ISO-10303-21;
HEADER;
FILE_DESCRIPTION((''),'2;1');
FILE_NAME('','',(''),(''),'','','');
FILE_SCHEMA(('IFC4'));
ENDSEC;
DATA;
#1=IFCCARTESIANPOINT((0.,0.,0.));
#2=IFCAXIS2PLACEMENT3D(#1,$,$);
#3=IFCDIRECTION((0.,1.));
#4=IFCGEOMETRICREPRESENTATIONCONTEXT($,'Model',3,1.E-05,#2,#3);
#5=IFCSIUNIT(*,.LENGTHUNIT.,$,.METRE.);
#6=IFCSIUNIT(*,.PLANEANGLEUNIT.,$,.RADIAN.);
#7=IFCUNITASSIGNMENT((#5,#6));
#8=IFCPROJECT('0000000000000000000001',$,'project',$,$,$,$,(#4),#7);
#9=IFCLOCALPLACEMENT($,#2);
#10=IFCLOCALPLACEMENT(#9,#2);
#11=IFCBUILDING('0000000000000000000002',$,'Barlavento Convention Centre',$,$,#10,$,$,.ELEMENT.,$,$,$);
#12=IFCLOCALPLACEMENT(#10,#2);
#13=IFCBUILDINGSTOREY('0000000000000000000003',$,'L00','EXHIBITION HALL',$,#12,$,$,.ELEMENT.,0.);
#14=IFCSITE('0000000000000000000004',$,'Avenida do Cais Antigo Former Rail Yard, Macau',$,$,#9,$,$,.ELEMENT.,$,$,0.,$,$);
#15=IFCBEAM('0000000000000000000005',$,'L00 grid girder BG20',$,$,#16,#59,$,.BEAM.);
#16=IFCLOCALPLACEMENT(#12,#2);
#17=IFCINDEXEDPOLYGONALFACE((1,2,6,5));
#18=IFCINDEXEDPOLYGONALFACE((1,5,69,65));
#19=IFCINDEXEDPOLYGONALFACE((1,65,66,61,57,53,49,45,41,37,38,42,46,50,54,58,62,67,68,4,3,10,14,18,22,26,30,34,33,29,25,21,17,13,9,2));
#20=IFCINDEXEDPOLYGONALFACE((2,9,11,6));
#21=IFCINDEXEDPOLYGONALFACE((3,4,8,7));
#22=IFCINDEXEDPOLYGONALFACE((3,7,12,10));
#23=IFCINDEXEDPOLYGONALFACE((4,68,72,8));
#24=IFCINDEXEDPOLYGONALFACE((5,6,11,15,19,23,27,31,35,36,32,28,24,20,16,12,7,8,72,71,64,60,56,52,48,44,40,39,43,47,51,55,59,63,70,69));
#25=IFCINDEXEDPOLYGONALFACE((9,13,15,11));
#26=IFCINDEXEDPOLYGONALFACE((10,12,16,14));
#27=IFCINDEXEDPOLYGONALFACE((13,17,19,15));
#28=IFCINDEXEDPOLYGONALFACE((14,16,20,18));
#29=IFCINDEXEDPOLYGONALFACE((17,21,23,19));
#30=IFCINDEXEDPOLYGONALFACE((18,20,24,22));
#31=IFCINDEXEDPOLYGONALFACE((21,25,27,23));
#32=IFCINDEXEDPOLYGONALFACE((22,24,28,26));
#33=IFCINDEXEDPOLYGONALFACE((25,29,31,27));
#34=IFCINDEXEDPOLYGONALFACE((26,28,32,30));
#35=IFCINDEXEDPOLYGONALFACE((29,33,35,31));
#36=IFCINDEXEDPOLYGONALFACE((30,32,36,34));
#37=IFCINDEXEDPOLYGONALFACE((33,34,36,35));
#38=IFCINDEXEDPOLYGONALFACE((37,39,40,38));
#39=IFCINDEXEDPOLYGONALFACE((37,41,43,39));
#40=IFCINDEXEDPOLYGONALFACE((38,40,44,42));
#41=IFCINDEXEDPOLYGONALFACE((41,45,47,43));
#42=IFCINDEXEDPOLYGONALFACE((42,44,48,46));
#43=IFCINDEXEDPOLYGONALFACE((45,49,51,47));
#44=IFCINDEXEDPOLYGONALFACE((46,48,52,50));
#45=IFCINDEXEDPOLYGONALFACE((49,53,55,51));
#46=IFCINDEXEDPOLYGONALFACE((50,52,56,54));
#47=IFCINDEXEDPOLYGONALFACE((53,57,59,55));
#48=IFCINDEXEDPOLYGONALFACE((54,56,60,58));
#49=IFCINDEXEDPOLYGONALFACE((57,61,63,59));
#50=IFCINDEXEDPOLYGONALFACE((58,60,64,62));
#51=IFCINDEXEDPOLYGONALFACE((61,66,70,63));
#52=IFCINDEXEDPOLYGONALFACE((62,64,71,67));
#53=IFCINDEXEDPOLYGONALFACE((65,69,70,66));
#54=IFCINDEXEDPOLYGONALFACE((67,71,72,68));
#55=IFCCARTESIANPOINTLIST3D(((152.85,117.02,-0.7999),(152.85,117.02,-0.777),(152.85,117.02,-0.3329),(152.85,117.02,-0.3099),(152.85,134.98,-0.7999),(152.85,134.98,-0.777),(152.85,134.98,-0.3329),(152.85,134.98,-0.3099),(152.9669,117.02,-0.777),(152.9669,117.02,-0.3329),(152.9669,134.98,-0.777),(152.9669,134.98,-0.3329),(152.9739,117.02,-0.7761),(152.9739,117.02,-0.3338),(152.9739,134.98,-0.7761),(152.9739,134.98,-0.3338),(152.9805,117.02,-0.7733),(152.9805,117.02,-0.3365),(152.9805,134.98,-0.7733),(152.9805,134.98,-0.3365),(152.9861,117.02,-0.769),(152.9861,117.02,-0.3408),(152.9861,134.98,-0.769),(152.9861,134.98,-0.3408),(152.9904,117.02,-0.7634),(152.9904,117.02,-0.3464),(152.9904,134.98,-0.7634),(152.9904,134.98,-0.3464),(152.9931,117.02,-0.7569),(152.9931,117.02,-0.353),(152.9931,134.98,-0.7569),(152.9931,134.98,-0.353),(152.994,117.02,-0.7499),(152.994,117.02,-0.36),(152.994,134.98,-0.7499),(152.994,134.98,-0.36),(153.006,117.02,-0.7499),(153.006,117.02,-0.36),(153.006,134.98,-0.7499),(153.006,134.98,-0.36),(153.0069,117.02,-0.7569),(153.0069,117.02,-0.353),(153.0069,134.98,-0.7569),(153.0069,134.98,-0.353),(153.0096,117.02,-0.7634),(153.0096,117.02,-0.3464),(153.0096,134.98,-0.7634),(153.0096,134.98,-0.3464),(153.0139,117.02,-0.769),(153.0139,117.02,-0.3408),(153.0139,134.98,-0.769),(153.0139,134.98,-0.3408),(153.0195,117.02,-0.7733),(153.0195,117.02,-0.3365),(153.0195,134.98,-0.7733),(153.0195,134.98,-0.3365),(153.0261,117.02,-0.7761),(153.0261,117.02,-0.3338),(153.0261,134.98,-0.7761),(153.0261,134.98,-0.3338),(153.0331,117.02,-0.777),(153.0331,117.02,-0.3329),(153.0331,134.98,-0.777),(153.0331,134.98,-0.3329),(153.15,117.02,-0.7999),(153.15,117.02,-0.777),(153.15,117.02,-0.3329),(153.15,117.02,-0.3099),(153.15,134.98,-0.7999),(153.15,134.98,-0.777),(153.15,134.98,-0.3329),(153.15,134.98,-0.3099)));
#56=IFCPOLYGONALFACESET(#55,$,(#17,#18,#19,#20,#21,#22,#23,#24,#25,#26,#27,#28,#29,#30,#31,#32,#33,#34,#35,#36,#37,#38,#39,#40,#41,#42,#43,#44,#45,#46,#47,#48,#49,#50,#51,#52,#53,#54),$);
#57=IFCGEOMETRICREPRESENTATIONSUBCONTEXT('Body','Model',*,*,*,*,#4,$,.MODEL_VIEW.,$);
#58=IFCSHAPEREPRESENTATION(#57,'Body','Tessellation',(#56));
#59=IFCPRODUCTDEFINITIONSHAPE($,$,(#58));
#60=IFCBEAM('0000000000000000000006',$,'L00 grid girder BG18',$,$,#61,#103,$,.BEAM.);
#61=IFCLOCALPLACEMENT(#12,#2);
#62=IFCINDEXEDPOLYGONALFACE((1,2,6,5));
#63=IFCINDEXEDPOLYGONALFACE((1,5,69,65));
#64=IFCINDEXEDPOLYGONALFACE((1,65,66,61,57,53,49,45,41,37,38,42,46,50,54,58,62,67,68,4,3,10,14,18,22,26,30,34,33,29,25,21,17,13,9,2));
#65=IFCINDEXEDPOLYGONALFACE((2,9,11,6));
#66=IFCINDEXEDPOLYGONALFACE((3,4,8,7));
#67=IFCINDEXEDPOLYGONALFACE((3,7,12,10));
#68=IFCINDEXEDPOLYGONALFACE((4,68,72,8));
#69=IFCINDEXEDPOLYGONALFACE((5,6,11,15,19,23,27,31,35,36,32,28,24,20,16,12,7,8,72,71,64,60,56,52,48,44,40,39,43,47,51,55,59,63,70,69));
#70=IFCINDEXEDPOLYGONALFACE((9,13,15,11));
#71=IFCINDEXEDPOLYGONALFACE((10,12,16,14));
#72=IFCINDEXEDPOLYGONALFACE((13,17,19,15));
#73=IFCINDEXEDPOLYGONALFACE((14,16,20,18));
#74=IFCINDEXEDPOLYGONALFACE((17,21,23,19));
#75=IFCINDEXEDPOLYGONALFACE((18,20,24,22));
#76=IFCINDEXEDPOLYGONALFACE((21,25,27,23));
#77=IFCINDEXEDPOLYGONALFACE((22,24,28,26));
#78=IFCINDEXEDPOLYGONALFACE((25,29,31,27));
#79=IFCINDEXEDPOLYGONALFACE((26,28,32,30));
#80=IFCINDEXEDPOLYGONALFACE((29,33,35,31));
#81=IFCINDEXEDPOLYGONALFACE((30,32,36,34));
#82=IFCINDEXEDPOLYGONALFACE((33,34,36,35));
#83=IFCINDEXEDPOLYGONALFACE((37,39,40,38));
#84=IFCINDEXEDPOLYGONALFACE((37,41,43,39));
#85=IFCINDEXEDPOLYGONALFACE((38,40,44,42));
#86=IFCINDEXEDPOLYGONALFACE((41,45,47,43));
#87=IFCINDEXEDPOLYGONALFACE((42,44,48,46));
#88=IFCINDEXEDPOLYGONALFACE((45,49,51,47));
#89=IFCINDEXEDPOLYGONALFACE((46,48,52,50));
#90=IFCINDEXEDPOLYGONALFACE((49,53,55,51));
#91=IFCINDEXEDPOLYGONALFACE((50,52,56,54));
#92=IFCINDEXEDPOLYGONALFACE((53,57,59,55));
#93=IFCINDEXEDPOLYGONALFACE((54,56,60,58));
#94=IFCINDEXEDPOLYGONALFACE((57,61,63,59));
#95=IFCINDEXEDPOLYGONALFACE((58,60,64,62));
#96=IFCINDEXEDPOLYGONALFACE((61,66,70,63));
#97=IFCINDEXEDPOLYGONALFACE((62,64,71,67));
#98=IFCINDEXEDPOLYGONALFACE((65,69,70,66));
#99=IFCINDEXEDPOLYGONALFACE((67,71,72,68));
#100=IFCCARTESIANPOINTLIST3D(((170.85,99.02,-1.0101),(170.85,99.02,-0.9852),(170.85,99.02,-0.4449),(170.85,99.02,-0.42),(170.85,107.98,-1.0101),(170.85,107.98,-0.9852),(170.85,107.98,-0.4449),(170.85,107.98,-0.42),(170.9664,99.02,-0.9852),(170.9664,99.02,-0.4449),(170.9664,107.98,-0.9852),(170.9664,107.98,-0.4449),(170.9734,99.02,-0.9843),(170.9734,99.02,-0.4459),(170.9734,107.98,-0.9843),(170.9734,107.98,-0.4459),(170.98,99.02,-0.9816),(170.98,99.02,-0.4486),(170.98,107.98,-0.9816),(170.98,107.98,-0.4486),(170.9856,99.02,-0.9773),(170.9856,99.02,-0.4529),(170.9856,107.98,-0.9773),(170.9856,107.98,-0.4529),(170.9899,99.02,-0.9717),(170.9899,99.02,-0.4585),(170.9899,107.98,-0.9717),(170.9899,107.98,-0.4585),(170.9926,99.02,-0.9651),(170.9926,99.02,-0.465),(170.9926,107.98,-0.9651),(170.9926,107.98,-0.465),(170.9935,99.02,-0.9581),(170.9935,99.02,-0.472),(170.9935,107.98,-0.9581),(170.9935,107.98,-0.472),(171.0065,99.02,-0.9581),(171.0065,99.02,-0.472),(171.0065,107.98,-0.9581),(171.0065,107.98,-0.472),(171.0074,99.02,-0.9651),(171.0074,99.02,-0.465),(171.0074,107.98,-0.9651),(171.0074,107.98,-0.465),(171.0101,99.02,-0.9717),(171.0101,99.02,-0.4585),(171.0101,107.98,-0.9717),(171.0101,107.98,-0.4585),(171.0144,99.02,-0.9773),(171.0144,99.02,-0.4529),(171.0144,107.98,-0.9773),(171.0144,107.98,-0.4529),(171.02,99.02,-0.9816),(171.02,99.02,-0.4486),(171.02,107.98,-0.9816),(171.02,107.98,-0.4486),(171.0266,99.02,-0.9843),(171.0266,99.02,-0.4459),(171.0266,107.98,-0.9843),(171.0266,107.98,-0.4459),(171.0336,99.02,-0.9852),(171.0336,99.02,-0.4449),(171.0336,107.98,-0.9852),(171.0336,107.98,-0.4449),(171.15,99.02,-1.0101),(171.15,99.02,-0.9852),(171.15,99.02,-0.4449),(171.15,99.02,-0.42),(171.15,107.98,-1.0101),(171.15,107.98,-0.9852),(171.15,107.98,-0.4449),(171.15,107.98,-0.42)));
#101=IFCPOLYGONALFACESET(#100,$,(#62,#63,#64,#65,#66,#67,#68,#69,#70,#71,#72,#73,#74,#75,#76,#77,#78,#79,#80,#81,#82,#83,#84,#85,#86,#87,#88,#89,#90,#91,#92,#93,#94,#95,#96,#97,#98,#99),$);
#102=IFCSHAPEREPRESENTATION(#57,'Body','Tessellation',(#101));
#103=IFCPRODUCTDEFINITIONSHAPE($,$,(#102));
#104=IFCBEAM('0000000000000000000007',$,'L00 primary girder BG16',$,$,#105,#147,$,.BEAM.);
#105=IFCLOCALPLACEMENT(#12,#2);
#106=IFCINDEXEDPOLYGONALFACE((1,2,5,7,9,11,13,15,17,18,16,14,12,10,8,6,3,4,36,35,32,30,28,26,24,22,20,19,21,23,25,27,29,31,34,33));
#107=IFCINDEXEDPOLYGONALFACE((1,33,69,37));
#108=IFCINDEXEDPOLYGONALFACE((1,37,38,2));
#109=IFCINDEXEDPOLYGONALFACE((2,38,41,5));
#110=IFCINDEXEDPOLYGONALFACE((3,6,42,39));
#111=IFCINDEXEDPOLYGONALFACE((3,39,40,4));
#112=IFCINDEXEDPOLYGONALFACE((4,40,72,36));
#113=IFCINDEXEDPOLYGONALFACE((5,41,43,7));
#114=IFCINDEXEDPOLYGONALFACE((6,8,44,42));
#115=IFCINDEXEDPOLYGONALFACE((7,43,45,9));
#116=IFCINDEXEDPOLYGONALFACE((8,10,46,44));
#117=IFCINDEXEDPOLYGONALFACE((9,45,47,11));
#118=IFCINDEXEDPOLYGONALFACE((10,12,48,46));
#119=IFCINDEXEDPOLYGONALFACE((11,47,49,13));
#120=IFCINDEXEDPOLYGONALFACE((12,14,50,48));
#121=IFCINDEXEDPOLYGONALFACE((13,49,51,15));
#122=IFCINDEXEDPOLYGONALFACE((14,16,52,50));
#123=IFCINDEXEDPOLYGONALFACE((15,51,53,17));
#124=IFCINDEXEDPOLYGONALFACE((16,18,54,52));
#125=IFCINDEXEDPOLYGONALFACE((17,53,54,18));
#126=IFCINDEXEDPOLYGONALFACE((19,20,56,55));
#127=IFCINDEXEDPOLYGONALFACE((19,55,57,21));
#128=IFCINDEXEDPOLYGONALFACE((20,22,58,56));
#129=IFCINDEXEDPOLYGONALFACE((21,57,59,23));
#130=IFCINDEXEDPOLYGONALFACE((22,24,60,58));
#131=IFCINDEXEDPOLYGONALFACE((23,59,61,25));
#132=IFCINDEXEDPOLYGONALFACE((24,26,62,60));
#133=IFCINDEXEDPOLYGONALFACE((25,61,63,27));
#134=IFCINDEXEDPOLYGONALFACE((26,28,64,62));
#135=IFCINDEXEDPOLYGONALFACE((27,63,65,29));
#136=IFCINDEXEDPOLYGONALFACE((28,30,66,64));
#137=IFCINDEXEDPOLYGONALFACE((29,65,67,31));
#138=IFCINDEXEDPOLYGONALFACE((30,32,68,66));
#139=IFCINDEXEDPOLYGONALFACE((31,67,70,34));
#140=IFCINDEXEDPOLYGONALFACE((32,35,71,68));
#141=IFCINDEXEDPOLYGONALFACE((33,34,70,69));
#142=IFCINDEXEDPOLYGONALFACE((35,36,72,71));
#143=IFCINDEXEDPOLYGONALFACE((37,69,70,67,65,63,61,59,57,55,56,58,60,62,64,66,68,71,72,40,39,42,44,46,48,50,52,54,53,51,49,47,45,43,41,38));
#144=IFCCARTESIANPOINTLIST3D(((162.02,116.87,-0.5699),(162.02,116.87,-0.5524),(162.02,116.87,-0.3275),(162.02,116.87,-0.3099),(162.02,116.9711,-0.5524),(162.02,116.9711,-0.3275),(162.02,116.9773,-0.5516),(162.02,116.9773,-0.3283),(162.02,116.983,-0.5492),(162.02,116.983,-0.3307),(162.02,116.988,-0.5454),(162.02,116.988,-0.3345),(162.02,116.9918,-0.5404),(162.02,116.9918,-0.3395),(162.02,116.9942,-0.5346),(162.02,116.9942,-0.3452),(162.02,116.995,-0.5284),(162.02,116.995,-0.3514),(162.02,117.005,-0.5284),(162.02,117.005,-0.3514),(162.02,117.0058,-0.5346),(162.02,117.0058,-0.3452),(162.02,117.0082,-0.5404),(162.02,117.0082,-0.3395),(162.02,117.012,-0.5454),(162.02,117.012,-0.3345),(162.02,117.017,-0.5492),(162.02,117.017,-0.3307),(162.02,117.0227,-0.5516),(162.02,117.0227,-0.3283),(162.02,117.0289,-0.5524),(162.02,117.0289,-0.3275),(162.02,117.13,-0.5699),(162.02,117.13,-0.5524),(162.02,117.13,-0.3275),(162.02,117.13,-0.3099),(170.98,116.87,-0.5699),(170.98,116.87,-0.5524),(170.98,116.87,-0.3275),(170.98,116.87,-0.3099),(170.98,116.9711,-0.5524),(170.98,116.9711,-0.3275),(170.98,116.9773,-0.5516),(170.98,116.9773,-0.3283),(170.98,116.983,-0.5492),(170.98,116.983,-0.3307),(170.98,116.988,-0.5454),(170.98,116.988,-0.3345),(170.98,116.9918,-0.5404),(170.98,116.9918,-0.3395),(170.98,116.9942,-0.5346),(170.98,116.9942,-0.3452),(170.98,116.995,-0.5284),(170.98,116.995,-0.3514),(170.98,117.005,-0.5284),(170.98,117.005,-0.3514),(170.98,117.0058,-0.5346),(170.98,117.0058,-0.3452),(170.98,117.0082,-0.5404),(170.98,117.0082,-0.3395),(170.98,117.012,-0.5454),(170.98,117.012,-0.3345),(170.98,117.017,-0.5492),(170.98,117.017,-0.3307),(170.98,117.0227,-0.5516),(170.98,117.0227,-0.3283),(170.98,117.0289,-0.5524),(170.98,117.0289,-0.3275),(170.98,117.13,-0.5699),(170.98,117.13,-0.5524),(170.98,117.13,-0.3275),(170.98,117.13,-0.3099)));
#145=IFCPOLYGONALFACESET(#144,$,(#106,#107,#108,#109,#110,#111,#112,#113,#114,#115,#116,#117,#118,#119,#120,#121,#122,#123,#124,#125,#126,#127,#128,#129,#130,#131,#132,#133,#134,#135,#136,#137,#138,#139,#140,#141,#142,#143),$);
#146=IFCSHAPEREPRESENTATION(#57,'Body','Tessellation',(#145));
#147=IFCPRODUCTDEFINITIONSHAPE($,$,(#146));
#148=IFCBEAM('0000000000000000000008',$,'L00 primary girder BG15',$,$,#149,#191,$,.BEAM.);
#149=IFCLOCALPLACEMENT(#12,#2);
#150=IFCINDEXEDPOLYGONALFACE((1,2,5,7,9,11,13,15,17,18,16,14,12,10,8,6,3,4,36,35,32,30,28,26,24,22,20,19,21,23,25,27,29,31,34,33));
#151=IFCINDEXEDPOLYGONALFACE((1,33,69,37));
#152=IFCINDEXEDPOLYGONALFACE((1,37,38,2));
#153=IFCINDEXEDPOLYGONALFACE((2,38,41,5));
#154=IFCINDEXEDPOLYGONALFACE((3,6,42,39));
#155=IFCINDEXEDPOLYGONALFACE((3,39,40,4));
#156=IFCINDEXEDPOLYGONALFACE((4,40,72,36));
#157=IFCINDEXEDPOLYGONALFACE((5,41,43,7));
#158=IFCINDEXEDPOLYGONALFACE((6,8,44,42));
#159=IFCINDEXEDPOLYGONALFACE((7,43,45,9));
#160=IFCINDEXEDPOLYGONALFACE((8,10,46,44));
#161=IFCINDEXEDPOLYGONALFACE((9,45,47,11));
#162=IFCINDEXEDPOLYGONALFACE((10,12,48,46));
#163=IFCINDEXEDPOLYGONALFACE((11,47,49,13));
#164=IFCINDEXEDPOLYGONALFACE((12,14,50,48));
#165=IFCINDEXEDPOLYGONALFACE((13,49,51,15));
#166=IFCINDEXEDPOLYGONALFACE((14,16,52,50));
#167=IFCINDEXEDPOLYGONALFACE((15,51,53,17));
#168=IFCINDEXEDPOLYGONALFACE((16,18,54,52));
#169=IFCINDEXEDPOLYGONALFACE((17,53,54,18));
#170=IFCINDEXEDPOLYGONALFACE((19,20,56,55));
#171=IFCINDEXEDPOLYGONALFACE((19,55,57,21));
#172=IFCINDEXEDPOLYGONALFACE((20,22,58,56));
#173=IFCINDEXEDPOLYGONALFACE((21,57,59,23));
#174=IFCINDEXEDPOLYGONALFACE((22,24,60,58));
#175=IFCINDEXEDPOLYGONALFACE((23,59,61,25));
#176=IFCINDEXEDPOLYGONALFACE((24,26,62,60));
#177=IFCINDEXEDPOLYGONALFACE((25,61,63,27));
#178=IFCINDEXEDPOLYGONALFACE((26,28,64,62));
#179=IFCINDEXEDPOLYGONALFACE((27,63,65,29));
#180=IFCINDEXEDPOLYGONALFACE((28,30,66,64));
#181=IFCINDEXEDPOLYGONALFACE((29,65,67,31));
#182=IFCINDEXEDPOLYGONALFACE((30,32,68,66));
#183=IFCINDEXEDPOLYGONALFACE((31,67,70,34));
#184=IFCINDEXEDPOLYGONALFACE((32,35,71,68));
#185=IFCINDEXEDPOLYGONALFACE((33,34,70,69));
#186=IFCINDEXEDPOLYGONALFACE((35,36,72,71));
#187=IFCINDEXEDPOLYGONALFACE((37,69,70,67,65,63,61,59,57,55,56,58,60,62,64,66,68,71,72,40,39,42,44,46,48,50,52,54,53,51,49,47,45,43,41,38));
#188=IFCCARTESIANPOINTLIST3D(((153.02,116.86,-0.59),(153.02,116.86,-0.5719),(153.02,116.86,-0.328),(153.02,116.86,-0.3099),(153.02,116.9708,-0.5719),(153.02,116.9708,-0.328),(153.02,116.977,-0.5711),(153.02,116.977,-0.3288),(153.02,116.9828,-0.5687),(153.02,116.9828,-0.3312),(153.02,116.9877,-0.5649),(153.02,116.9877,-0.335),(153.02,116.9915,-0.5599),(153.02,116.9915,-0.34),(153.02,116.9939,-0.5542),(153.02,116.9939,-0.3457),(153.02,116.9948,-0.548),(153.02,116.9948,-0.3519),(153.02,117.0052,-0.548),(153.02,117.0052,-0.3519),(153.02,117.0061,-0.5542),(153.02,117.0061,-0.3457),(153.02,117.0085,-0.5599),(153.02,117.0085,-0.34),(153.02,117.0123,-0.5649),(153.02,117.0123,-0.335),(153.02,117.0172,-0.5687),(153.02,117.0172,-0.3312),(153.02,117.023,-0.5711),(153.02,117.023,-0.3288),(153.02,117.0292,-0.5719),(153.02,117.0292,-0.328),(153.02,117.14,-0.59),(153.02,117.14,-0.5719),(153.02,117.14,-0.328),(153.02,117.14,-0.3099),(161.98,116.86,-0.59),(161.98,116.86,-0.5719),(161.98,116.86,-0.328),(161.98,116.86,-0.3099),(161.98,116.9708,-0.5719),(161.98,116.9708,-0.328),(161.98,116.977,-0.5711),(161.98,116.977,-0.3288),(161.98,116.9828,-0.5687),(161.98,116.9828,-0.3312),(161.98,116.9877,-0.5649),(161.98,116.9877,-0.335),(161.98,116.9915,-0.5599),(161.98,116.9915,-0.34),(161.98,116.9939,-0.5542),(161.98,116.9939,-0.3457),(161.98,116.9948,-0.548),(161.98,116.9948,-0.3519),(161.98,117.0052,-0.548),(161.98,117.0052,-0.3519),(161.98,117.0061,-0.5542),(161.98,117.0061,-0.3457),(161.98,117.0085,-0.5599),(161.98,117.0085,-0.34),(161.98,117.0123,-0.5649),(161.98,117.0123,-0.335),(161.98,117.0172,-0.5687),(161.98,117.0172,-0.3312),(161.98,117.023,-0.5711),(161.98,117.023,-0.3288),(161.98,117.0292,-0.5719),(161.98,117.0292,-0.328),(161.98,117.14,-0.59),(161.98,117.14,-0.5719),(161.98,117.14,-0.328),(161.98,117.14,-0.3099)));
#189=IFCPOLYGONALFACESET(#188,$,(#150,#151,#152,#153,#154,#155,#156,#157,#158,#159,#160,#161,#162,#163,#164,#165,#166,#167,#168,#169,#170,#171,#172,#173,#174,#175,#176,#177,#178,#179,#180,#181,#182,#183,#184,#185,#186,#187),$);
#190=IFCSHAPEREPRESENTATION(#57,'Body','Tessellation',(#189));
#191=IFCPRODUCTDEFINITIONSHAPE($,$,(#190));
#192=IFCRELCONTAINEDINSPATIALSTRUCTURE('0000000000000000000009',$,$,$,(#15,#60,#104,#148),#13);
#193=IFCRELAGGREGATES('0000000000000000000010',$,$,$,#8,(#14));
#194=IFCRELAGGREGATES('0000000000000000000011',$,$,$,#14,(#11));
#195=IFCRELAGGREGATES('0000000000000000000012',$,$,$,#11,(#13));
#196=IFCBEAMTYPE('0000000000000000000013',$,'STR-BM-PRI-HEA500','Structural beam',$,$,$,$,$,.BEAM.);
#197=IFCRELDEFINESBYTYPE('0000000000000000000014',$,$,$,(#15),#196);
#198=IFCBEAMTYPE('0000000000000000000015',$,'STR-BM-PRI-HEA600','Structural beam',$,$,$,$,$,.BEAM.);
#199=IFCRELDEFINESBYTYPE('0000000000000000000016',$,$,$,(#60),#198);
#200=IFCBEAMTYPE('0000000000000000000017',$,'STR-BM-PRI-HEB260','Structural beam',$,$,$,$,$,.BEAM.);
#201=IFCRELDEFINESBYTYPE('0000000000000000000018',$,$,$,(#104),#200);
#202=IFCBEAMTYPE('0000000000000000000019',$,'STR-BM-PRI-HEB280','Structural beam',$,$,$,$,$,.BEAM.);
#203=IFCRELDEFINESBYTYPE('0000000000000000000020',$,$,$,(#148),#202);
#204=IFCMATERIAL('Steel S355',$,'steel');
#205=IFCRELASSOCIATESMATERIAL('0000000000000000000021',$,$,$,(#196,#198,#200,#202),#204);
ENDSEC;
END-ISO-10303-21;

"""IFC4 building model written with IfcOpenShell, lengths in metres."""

from ifc_helpers import new_model, si_unit, direction, frame, origin, origin_2d, place, context, subcontext, project, spatial, i_section, extrude, material, material_profile, profile_set, type_object, element, save


model = new_model("IFC4")

# Units and contexts
model_context = context("Model", 3, precision=1e-05, world=origin(), true_north=direction((0.0, 1.0)))
body_context = subcontext(model_context, "Body", "Model", "MODEL_VIEW")
ifc_project = project(units=[si_unit("LENGTHUNIT", "METRE"), si_unit("PLANEANGLEUNIT", "RADIAN")], contexts=[model_context])

# Site, building, storey
site_placement = place(None, origin())
site = spatial("IfcSite", under=ifc_project, at=site_placement, Name="Avenida do Cais Antigo Former Rail Yard, Macau", CompositionType="ELEMENT", RefElevation=0.0)
building_placement = place(site_placement, origin())
building = spatial("IfcBuilding", under=site, at=building_placement, Name="Barlavento Convention Centre", CompositionType="ELEMENT")
storey_placement = place(building_placement, origin())
storey = spatial("IfcBuildingStorey", under=building, at=storey_placement, Name="L00", Description="EXHIBITION HALL", CompositionType="ELEMENT", Elevation=0.0)

# Beams
ifc_material_1 = material(Name="Steel S355", Category="steel")
ifc_material_profile_1 = material_profile(ifc_material_1, i_section(OverallWidth=0.3, OverallDepth=0.49, WebThickness=0.012, FlangeThickness=0.0229, FilletRadius=0.0271, at=origin_2d()), Name="HEA 500")
ifc_profile_set_1 = profile_set([ifc_material_profile_1], Name="Steel S355")
beam_type_1 = type_object("IfcBeamType", Name="STR-BM-PRI-HEA500", Description="Structural beam", PredefinedType="BEAM", material=ifc_profile_set_1)
beam_1_placement = place(storey_placement, frame((153.0, 117.02, -0.5549), z_axis=(0.0, 1.0, 0.0), x_axis=(-1.0, 0.0, 0.0)))
element("IfcBeam", 1, at=beam_1_placement, inside=storey, type_object=beam_type_1, Name="L00 grid girder BG20", PredefinedType="BEAM", context=body_context, shape_type="SweptSolid", body=[
    extrude(i_section(OverallWidth=0.3, OverallDepth=0.49, WebThickness=0.012, FlangeThickness=0.0229, FilletRadius=0.0271, at=origin_2d()), origin(), (0.0, 0.0, 1.0), 17.96),
])
ifc_material_profile_2 = material_profile(ifc_material_1, i_section(OverallWidth=0.3, OverallDepth=0.5901, WebThickness=0.0129, FlangeThickness=0.0249, FilletRadius=0.0271, at=origin_2d()), Name="HEA 600")
ifc_profile_set_2 = profile_set([ifc_material_profile_2], Name="Steel S355")
beam_type_2 = type_object("IfcBeamType", Name="STR-BM-PRI-HEA600", Description="Structural beam", PredefinedType="BEAM", material=ifc_profile_set_2)
beam_2_placement = place(storey_placement, frame((171.0, 99.02, -0.7151), z_axis=(0.0, 1.0, 0.0), x_axis=(-1.0, 0.0, 0.0)))
element("IfcBeam", 2, at=beam_2_placement, inside=storey, type_object=beam_type_2, Name="L00 grid girder BG18", PredefinedType="BEAM", context=body_context, shape_type="SweptSolid", body=[
    extrude(i_section(OverallWidth=0.3, OverallDepth=0.5901, WebThickness=0.0129, FlangeThickness=0.0249, FilletRadius=0.0271, at=origin_2d()), origin(), (0.0, 0.0, 1.0), 8.96),
])
ifc_material_profile_3 = material_profile(ifc_material_1, i_section(OverallWidth=0.26, OverallDepth=0.26, WebThickness=0.01, FlangeThickness=0.0176, FilletRadius=0.0239, at=origin_2d()), Name="HEB 260")
ifc_profile_set_3 = profile_set([ifc_material_profile_3], Name="Steel S355")
beam_type_3 = type_object("IfcBeamType", Name="STR-BM-PRI-HEB260", Description="Structural beam", PredefinedType="BEAM", material=ifc_profile_set_3)
beam_3_placement = place(storey_placement, frame((162.02, 117.0, -0.4399), z_axis=(1.0, 0.0, 0.0), x_axis=(0.0, 1.0, 0.0)))
element("IfcBeam", 3, at=beam_3_placement, inside=storey, type_object=beam_type_3, Name="L00 primary girder BG16", PredefinedType="BEAM", context=body_context, shape_type="SweptSolid", body=[
    extrude(i_section(OverallWidth=0.26, OverallDepth=0.26, WebThickness=0.01, FlangeThickness=0.0176, FilletRadius=0.0239, at=origin_2d()), origin(), (0.0, 0.0, 1.0), 8.96),
])
ifc_material_profile_4 = material_profile(ifc_material_1, i_section(OverallWidth=0.28, OverallDepth=0.28, WebThickness=0.0105, FlangeThickness=0.0181, FilletRadius=0.0239, at=origin_2d()), Name="HEB 280")
ifc_profile_set_4 = profile_set([ifc_material_profile_4], Name="Steel S355")
beam_type_4 = type_object("IfcBeamType", Name="STR-BM-PRI-HEB280", Description="Structural beam", PredefinedType="BEAM", material=ifc_profile_set_4)
beam_4_placement = place(storey_placement, frame((153.02, 117.0, -0.45), z_axis=(1.0, 0.0, 0.0), x_axis=(0.0, 1.0, 0.0)))
element("IfcBeam", 4, at=beam_4_placement, inside=storey, type_object=beam_type_4, Name="L00 primary girder BG15", PredefinedType="BEAM", context=body_context, shape_type="SweptSolid", body=[
    extrude(i_section(OverallWidth=0.28, OverallDepth=0.28, WebThickness=0.0105, FlangeThickness=0.0181, FilletRadius=0.0239, at=origin_2d()), origin(), (0.0, 0.0, 1.0), 8.96),
])

save(model, "model.ifc")
